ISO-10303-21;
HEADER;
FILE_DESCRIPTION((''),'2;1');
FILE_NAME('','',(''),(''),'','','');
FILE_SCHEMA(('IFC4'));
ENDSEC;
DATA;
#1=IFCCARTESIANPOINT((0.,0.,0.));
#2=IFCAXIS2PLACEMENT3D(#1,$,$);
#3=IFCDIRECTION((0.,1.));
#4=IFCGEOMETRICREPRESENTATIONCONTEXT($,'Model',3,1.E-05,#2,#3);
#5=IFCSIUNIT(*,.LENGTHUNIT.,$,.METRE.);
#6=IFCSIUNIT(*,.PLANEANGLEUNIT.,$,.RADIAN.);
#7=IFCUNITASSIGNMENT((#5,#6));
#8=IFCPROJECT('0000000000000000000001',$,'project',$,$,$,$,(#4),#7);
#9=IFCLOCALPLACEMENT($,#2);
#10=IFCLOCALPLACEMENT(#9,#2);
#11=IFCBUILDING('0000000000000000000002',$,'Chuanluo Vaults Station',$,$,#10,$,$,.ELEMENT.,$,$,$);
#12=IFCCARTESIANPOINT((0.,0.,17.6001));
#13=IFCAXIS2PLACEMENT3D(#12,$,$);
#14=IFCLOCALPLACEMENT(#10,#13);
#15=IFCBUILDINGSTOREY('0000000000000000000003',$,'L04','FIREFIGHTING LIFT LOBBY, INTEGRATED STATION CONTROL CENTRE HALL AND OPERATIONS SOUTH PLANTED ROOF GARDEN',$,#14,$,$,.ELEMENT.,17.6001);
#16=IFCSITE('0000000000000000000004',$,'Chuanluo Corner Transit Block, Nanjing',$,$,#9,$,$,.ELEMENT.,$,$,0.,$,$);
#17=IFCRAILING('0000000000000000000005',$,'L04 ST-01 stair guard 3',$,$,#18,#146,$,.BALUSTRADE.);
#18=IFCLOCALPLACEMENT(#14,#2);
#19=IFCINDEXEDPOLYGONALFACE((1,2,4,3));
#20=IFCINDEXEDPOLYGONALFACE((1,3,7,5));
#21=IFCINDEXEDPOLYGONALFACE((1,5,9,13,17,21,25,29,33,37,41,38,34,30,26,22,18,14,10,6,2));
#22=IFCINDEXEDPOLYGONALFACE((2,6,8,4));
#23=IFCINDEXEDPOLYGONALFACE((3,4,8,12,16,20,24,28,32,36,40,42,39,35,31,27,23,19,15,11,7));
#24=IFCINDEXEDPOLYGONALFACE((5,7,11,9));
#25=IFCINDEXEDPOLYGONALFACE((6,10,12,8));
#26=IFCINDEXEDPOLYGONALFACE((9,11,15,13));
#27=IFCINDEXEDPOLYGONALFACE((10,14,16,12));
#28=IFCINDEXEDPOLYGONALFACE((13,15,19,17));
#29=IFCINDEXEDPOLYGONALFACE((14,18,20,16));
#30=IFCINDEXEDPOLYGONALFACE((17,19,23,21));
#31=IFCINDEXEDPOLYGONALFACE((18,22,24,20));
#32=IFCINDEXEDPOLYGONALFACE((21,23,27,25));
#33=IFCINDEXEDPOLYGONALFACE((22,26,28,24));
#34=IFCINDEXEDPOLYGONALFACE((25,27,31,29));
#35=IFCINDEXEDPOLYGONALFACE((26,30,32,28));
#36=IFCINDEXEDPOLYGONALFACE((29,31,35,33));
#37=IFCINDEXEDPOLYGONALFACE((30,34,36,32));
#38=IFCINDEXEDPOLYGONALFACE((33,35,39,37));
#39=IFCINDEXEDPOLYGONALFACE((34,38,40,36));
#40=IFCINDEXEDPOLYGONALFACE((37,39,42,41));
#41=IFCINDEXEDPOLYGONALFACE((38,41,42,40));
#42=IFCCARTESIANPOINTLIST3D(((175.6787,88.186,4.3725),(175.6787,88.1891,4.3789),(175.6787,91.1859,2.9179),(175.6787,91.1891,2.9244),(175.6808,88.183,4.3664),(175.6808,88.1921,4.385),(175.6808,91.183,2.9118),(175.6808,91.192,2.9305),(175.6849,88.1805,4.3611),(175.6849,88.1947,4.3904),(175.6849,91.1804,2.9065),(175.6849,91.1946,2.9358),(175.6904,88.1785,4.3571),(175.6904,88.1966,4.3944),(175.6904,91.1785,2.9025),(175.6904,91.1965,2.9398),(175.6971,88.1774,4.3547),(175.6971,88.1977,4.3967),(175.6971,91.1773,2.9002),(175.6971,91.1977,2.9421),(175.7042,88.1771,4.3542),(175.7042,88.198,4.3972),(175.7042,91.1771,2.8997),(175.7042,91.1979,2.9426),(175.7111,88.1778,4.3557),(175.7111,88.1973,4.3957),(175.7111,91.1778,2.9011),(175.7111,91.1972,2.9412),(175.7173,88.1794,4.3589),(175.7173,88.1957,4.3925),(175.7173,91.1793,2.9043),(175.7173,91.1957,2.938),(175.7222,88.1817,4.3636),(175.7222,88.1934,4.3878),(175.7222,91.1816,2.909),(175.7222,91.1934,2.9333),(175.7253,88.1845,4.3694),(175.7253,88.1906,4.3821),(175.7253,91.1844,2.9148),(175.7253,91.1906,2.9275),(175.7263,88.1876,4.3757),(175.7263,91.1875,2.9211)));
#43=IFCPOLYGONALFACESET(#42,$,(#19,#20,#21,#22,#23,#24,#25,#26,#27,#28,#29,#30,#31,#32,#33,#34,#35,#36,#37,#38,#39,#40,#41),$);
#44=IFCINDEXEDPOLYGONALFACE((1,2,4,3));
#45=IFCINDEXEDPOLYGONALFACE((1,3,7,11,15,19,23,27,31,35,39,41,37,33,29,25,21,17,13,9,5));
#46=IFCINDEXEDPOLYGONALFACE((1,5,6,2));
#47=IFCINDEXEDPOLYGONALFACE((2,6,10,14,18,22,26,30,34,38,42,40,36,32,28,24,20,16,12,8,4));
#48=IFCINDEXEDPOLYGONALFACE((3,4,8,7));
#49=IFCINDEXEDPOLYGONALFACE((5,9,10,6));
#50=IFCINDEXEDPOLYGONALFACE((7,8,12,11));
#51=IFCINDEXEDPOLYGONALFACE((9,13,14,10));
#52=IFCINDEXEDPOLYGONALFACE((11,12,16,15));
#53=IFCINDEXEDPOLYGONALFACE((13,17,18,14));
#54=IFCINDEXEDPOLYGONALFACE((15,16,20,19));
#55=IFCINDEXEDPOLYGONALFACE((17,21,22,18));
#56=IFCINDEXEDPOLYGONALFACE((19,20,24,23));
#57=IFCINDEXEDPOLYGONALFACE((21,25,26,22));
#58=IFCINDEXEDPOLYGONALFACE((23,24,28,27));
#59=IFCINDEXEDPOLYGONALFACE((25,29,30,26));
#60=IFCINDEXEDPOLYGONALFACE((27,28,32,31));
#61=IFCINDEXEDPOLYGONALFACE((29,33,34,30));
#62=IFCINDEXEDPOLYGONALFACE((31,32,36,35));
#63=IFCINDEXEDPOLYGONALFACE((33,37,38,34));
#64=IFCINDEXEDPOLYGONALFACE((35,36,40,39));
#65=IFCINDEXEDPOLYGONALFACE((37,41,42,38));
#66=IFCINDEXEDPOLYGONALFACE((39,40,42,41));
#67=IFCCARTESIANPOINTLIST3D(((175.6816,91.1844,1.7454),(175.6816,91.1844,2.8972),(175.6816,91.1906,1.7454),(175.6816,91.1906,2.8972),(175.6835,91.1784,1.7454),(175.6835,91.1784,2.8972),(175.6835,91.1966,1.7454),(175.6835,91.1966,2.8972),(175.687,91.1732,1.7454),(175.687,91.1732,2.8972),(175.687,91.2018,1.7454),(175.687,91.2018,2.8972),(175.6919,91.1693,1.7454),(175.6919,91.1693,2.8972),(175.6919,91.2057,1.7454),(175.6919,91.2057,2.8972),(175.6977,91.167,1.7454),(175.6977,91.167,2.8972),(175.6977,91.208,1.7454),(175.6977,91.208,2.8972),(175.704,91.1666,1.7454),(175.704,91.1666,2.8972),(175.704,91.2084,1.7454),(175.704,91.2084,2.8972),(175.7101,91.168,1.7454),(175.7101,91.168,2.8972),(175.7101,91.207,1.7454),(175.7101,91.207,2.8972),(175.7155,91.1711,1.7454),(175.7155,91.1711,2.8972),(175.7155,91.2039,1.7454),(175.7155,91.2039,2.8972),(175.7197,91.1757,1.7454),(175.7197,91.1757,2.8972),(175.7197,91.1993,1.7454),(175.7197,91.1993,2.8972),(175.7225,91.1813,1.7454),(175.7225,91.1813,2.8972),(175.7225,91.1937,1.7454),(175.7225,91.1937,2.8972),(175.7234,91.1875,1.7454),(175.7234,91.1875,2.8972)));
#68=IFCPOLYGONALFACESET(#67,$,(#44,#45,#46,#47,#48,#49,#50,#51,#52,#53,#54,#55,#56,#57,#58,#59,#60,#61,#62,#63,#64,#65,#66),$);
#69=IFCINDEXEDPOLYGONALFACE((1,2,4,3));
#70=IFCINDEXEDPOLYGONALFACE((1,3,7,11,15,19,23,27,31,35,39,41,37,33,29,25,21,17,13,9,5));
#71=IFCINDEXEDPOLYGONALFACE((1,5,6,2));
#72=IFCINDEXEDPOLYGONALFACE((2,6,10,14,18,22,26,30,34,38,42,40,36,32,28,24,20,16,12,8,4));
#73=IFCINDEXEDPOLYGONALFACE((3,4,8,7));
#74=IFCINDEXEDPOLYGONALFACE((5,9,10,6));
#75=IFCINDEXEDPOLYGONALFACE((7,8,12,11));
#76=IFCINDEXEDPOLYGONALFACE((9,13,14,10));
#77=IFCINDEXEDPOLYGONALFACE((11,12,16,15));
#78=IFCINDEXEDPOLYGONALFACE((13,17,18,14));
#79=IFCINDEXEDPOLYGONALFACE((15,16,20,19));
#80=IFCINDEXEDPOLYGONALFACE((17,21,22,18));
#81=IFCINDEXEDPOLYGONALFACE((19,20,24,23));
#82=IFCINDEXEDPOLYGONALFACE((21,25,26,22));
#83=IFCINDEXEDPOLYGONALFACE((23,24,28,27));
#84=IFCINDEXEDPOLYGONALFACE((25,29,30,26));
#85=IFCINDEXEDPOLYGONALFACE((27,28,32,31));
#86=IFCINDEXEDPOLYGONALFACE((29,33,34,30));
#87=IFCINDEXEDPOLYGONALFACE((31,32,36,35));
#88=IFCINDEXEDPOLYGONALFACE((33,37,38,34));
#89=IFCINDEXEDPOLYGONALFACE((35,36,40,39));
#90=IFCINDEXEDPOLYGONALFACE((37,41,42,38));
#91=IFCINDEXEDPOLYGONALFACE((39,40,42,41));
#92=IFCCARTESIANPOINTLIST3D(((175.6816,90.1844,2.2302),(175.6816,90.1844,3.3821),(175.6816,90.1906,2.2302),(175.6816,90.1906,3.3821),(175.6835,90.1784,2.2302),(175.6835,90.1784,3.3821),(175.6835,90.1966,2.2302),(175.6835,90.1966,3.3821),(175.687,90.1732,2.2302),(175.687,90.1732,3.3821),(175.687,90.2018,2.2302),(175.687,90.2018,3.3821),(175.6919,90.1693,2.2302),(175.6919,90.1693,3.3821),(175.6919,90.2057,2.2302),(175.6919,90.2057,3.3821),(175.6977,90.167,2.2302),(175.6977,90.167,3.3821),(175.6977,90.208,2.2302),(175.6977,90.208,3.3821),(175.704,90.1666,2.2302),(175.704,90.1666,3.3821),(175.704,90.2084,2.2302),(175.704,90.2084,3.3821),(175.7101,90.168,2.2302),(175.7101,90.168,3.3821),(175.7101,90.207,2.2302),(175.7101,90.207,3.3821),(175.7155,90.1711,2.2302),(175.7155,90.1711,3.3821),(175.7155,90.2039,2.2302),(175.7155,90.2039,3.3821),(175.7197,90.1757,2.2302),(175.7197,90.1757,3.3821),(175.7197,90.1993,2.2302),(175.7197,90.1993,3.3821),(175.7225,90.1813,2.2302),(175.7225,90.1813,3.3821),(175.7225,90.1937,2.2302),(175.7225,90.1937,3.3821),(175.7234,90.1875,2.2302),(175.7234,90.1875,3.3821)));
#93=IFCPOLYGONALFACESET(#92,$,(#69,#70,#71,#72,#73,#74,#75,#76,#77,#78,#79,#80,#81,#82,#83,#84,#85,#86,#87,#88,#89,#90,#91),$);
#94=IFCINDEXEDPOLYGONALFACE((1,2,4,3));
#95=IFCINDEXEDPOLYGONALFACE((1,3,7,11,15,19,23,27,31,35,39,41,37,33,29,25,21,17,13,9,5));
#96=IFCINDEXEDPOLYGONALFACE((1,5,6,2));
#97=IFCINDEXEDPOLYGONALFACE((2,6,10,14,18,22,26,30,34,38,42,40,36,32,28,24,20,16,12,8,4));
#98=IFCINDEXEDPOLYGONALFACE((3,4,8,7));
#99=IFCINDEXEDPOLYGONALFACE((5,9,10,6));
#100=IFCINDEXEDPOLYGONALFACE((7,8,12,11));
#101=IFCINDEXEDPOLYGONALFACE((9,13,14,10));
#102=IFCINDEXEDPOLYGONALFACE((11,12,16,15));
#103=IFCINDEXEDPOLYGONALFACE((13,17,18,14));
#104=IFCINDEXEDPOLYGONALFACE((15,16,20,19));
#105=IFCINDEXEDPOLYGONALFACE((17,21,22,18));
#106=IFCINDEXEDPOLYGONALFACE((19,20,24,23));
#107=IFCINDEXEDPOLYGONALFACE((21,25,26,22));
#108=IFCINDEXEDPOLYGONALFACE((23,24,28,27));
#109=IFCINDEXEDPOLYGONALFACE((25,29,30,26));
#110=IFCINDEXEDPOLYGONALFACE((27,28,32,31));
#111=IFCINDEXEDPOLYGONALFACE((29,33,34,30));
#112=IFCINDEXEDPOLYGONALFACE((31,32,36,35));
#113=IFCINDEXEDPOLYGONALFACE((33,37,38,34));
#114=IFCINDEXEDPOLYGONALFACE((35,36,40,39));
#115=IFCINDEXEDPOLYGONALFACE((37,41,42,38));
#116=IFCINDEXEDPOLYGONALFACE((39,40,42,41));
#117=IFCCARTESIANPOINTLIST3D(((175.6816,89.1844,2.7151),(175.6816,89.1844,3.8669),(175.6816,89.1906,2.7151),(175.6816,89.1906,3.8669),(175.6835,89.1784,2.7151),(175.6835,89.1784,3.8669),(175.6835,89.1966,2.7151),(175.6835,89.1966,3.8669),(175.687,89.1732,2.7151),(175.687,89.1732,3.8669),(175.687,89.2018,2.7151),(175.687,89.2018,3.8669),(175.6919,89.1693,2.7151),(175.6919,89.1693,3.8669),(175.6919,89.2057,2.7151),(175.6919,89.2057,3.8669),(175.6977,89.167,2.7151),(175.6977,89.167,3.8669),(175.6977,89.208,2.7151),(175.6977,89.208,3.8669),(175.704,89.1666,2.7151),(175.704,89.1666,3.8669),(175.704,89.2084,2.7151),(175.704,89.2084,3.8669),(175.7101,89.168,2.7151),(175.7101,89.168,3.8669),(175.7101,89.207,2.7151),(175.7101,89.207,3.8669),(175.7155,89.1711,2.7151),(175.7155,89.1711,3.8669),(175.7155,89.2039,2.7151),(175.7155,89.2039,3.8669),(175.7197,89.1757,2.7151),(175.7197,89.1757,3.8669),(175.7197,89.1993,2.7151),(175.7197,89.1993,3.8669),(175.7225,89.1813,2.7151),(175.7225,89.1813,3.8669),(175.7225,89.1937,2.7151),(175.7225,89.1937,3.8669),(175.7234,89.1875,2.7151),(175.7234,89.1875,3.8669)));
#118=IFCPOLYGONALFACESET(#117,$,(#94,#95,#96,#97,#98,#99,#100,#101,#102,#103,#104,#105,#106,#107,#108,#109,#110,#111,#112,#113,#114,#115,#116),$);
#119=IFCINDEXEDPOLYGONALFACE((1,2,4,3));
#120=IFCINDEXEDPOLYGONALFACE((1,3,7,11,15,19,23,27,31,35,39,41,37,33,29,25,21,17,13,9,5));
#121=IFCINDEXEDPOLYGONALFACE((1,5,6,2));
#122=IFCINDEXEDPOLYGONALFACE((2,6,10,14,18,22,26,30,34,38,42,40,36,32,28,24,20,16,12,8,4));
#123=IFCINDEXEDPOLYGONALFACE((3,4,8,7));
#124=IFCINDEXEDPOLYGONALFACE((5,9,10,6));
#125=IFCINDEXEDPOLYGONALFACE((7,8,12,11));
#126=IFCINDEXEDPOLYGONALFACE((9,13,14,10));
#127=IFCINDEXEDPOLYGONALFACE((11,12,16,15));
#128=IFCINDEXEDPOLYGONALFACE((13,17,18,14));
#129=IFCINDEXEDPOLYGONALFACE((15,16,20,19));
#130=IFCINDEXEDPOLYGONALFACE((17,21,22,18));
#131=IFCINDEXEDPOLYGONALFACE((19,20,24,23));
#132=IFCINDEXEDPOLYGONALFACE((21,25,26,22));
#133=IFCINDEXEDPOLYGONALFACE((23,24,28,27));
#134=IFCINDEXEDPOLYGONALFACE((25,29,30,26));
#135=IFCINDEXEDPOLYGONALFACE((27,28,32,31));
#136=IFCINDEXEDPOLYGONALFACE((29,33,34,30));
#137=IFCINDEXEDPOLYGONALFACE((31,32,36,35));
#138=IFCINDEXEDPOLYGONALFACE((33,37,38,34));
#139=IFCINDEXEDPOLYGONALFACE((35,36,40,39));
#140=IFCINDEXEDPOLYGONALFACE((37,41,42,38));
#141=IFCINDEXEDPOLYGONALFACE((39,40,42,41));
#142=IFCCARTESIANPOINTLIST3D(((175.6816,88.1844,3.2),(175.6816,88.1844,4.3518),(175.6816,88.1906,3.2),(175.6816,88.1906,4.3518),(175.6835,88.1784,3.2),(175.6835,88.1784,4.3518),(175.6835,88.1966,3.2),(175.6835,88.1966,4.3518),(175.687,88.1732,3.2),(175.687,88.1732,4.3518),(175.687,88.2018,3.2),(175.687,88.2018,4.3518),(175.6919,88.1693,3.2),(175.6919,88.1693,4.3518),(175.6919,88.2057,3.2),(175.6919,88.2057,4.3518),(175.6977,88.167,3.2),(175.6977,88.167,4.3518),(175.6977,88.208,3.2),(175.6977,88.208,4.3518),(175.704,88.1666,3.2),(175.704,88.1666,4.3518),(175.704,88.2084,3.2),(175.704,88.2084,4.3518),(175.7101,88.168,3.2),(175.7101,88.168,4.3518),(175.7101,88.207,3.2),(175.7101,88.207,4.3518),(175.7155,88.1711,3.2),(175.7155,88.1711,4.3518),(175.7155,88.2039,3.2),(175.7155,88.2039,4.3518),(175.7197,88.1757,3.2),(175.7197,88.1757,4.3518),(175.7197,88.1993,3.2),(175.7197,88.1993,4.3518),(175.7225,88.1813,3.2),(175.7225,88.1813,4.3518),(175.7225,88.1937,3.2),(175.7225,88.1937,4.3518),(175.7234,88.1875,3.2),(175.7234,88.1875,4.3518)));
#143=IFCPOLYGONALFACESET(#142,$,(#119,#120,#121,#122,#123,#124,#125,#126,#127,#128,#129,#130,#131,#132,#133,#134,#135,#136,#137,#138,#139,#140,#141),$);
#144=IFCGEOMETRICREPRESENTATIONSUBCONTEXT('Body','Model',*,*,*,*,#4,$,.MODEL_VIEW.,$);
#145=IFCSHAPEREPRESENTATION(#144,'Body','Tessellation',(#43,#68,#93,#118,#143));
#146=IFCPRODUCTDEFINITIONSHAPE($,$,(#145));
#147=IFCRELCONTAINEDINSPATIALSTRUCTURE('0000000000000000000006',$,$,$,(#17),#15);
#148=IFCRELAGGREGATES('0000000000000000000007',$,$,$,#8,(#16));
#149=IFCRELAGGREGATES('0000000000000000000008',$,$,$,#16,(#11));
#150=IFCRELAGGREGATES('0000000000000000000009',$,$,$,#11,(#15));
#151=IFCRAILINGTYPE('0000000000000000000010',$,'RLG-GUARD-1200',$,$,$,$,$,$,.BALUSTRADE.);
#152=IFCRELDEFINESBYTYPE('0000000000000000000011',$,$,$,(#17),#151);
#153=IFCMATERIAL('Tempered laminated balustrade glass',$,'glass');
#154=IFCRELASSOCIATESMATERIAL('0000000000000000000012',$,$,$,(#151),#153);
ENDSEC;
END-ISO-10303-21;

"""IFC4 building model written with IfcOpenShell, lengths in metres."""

from ifc_helpers import new_model, si_unit, direction, frame, origin, origin_2d, place, context, subcontext, project, spatial, circle, extrude, material, type_object, element, save


model = new_model("IFC4")

# Units and contexts
model_context = context("Model", 3, precision=1e-05, world=origin(), true_north=direction((0.0, 1.0)))
body_context = subcontext(model_context, "Body", "Model", "MODEL_VIEW")
ifc_project = project(units=[si_unit("LENGTHUNIT", "METRE"), si_unit("PLANEANGLEUNIT", "RADIAN")], contexts=[model_context])

# Site, building, storey
site_placement = place(None, origin())
site = spatial("IfcSite", under=ifc_project, at=site_placement, Name="Chuanluo Corner Transit Block, Nanjing", CompositionType="ELEMENT", RefElevation=0.0)
building_placement = place(site_placement, origin())
building = spatial("IfcBuilding", under=site, at=building_placement, Name="Chuanluo Vaults Station", CompositionType="ELEMENT")
storey_placement = place(building_placement, frame((0.0, 0.0, 17.6001)))
storey = spatial("IfcBuildingStorey", under=building, at=storey_placement, Name="L04", Description="FIREFIGHTING LIFT LOBBY, INTEGRATED STATION CONTROL CENTRE HALL AND OPERATIONS SOUTH PLANTED ROOF GARDEN", CompositionType="ELEMENT", Elevation=17.6001)

# Railing
ifc_material_1 = material(Name="Tempered laminated balustrade glass", Category="glass")
railing_type_1 = type_object("IfcRailingType", Name="RLG-GUARD-1200", PredefinedType="BALUSTRADE", material=ifc_material_1)
railing_1_placement = place(storey_placement, frame((175.7024, 91.1875, 1.7454)))
element("IfcRailing", 1, at=railing_1_placement, inside=storey, type_object=railing_type_1, Name="L04 ST-01 stair guard 3", PredefinedType="BALUSTRADE", context=body_context, shape_type="SweptSolid", body=[
    extrude(circle(Radius=0.0239, at=origin_2d()), frame((0.0, 0.0, 1.1758), z_axis=(0.0, -0.899809, 0.436284), x_axis=(1.0, 0.0, 0.0)), (0.0, 0.0, 1.0), 3.334),
    extrude(circle(Radius=0.021, at=origin_2d()), origin(), (0.0, 0.0, 1.0), 1.1519),
    extrude(circle(Radius=0.021, at=origin_2d()), frame((0.0, -1.0, 0.4849)), (0.0, 0.0, 1.0), 1.1519),
    extrude(circle(Radius=0.021, at=origin_2d()), frame((0.0, -2.0, 0.9697)), (0.0, 0.0, 1.0), 1.1519),
    extrude(circle(Radius=0.021, at=origin_2d()), frame((0.0, -3.0, 1.4546)), (0.0, 0.0, 1.0), 1.1519),
])

save(model, "model.ifc")
